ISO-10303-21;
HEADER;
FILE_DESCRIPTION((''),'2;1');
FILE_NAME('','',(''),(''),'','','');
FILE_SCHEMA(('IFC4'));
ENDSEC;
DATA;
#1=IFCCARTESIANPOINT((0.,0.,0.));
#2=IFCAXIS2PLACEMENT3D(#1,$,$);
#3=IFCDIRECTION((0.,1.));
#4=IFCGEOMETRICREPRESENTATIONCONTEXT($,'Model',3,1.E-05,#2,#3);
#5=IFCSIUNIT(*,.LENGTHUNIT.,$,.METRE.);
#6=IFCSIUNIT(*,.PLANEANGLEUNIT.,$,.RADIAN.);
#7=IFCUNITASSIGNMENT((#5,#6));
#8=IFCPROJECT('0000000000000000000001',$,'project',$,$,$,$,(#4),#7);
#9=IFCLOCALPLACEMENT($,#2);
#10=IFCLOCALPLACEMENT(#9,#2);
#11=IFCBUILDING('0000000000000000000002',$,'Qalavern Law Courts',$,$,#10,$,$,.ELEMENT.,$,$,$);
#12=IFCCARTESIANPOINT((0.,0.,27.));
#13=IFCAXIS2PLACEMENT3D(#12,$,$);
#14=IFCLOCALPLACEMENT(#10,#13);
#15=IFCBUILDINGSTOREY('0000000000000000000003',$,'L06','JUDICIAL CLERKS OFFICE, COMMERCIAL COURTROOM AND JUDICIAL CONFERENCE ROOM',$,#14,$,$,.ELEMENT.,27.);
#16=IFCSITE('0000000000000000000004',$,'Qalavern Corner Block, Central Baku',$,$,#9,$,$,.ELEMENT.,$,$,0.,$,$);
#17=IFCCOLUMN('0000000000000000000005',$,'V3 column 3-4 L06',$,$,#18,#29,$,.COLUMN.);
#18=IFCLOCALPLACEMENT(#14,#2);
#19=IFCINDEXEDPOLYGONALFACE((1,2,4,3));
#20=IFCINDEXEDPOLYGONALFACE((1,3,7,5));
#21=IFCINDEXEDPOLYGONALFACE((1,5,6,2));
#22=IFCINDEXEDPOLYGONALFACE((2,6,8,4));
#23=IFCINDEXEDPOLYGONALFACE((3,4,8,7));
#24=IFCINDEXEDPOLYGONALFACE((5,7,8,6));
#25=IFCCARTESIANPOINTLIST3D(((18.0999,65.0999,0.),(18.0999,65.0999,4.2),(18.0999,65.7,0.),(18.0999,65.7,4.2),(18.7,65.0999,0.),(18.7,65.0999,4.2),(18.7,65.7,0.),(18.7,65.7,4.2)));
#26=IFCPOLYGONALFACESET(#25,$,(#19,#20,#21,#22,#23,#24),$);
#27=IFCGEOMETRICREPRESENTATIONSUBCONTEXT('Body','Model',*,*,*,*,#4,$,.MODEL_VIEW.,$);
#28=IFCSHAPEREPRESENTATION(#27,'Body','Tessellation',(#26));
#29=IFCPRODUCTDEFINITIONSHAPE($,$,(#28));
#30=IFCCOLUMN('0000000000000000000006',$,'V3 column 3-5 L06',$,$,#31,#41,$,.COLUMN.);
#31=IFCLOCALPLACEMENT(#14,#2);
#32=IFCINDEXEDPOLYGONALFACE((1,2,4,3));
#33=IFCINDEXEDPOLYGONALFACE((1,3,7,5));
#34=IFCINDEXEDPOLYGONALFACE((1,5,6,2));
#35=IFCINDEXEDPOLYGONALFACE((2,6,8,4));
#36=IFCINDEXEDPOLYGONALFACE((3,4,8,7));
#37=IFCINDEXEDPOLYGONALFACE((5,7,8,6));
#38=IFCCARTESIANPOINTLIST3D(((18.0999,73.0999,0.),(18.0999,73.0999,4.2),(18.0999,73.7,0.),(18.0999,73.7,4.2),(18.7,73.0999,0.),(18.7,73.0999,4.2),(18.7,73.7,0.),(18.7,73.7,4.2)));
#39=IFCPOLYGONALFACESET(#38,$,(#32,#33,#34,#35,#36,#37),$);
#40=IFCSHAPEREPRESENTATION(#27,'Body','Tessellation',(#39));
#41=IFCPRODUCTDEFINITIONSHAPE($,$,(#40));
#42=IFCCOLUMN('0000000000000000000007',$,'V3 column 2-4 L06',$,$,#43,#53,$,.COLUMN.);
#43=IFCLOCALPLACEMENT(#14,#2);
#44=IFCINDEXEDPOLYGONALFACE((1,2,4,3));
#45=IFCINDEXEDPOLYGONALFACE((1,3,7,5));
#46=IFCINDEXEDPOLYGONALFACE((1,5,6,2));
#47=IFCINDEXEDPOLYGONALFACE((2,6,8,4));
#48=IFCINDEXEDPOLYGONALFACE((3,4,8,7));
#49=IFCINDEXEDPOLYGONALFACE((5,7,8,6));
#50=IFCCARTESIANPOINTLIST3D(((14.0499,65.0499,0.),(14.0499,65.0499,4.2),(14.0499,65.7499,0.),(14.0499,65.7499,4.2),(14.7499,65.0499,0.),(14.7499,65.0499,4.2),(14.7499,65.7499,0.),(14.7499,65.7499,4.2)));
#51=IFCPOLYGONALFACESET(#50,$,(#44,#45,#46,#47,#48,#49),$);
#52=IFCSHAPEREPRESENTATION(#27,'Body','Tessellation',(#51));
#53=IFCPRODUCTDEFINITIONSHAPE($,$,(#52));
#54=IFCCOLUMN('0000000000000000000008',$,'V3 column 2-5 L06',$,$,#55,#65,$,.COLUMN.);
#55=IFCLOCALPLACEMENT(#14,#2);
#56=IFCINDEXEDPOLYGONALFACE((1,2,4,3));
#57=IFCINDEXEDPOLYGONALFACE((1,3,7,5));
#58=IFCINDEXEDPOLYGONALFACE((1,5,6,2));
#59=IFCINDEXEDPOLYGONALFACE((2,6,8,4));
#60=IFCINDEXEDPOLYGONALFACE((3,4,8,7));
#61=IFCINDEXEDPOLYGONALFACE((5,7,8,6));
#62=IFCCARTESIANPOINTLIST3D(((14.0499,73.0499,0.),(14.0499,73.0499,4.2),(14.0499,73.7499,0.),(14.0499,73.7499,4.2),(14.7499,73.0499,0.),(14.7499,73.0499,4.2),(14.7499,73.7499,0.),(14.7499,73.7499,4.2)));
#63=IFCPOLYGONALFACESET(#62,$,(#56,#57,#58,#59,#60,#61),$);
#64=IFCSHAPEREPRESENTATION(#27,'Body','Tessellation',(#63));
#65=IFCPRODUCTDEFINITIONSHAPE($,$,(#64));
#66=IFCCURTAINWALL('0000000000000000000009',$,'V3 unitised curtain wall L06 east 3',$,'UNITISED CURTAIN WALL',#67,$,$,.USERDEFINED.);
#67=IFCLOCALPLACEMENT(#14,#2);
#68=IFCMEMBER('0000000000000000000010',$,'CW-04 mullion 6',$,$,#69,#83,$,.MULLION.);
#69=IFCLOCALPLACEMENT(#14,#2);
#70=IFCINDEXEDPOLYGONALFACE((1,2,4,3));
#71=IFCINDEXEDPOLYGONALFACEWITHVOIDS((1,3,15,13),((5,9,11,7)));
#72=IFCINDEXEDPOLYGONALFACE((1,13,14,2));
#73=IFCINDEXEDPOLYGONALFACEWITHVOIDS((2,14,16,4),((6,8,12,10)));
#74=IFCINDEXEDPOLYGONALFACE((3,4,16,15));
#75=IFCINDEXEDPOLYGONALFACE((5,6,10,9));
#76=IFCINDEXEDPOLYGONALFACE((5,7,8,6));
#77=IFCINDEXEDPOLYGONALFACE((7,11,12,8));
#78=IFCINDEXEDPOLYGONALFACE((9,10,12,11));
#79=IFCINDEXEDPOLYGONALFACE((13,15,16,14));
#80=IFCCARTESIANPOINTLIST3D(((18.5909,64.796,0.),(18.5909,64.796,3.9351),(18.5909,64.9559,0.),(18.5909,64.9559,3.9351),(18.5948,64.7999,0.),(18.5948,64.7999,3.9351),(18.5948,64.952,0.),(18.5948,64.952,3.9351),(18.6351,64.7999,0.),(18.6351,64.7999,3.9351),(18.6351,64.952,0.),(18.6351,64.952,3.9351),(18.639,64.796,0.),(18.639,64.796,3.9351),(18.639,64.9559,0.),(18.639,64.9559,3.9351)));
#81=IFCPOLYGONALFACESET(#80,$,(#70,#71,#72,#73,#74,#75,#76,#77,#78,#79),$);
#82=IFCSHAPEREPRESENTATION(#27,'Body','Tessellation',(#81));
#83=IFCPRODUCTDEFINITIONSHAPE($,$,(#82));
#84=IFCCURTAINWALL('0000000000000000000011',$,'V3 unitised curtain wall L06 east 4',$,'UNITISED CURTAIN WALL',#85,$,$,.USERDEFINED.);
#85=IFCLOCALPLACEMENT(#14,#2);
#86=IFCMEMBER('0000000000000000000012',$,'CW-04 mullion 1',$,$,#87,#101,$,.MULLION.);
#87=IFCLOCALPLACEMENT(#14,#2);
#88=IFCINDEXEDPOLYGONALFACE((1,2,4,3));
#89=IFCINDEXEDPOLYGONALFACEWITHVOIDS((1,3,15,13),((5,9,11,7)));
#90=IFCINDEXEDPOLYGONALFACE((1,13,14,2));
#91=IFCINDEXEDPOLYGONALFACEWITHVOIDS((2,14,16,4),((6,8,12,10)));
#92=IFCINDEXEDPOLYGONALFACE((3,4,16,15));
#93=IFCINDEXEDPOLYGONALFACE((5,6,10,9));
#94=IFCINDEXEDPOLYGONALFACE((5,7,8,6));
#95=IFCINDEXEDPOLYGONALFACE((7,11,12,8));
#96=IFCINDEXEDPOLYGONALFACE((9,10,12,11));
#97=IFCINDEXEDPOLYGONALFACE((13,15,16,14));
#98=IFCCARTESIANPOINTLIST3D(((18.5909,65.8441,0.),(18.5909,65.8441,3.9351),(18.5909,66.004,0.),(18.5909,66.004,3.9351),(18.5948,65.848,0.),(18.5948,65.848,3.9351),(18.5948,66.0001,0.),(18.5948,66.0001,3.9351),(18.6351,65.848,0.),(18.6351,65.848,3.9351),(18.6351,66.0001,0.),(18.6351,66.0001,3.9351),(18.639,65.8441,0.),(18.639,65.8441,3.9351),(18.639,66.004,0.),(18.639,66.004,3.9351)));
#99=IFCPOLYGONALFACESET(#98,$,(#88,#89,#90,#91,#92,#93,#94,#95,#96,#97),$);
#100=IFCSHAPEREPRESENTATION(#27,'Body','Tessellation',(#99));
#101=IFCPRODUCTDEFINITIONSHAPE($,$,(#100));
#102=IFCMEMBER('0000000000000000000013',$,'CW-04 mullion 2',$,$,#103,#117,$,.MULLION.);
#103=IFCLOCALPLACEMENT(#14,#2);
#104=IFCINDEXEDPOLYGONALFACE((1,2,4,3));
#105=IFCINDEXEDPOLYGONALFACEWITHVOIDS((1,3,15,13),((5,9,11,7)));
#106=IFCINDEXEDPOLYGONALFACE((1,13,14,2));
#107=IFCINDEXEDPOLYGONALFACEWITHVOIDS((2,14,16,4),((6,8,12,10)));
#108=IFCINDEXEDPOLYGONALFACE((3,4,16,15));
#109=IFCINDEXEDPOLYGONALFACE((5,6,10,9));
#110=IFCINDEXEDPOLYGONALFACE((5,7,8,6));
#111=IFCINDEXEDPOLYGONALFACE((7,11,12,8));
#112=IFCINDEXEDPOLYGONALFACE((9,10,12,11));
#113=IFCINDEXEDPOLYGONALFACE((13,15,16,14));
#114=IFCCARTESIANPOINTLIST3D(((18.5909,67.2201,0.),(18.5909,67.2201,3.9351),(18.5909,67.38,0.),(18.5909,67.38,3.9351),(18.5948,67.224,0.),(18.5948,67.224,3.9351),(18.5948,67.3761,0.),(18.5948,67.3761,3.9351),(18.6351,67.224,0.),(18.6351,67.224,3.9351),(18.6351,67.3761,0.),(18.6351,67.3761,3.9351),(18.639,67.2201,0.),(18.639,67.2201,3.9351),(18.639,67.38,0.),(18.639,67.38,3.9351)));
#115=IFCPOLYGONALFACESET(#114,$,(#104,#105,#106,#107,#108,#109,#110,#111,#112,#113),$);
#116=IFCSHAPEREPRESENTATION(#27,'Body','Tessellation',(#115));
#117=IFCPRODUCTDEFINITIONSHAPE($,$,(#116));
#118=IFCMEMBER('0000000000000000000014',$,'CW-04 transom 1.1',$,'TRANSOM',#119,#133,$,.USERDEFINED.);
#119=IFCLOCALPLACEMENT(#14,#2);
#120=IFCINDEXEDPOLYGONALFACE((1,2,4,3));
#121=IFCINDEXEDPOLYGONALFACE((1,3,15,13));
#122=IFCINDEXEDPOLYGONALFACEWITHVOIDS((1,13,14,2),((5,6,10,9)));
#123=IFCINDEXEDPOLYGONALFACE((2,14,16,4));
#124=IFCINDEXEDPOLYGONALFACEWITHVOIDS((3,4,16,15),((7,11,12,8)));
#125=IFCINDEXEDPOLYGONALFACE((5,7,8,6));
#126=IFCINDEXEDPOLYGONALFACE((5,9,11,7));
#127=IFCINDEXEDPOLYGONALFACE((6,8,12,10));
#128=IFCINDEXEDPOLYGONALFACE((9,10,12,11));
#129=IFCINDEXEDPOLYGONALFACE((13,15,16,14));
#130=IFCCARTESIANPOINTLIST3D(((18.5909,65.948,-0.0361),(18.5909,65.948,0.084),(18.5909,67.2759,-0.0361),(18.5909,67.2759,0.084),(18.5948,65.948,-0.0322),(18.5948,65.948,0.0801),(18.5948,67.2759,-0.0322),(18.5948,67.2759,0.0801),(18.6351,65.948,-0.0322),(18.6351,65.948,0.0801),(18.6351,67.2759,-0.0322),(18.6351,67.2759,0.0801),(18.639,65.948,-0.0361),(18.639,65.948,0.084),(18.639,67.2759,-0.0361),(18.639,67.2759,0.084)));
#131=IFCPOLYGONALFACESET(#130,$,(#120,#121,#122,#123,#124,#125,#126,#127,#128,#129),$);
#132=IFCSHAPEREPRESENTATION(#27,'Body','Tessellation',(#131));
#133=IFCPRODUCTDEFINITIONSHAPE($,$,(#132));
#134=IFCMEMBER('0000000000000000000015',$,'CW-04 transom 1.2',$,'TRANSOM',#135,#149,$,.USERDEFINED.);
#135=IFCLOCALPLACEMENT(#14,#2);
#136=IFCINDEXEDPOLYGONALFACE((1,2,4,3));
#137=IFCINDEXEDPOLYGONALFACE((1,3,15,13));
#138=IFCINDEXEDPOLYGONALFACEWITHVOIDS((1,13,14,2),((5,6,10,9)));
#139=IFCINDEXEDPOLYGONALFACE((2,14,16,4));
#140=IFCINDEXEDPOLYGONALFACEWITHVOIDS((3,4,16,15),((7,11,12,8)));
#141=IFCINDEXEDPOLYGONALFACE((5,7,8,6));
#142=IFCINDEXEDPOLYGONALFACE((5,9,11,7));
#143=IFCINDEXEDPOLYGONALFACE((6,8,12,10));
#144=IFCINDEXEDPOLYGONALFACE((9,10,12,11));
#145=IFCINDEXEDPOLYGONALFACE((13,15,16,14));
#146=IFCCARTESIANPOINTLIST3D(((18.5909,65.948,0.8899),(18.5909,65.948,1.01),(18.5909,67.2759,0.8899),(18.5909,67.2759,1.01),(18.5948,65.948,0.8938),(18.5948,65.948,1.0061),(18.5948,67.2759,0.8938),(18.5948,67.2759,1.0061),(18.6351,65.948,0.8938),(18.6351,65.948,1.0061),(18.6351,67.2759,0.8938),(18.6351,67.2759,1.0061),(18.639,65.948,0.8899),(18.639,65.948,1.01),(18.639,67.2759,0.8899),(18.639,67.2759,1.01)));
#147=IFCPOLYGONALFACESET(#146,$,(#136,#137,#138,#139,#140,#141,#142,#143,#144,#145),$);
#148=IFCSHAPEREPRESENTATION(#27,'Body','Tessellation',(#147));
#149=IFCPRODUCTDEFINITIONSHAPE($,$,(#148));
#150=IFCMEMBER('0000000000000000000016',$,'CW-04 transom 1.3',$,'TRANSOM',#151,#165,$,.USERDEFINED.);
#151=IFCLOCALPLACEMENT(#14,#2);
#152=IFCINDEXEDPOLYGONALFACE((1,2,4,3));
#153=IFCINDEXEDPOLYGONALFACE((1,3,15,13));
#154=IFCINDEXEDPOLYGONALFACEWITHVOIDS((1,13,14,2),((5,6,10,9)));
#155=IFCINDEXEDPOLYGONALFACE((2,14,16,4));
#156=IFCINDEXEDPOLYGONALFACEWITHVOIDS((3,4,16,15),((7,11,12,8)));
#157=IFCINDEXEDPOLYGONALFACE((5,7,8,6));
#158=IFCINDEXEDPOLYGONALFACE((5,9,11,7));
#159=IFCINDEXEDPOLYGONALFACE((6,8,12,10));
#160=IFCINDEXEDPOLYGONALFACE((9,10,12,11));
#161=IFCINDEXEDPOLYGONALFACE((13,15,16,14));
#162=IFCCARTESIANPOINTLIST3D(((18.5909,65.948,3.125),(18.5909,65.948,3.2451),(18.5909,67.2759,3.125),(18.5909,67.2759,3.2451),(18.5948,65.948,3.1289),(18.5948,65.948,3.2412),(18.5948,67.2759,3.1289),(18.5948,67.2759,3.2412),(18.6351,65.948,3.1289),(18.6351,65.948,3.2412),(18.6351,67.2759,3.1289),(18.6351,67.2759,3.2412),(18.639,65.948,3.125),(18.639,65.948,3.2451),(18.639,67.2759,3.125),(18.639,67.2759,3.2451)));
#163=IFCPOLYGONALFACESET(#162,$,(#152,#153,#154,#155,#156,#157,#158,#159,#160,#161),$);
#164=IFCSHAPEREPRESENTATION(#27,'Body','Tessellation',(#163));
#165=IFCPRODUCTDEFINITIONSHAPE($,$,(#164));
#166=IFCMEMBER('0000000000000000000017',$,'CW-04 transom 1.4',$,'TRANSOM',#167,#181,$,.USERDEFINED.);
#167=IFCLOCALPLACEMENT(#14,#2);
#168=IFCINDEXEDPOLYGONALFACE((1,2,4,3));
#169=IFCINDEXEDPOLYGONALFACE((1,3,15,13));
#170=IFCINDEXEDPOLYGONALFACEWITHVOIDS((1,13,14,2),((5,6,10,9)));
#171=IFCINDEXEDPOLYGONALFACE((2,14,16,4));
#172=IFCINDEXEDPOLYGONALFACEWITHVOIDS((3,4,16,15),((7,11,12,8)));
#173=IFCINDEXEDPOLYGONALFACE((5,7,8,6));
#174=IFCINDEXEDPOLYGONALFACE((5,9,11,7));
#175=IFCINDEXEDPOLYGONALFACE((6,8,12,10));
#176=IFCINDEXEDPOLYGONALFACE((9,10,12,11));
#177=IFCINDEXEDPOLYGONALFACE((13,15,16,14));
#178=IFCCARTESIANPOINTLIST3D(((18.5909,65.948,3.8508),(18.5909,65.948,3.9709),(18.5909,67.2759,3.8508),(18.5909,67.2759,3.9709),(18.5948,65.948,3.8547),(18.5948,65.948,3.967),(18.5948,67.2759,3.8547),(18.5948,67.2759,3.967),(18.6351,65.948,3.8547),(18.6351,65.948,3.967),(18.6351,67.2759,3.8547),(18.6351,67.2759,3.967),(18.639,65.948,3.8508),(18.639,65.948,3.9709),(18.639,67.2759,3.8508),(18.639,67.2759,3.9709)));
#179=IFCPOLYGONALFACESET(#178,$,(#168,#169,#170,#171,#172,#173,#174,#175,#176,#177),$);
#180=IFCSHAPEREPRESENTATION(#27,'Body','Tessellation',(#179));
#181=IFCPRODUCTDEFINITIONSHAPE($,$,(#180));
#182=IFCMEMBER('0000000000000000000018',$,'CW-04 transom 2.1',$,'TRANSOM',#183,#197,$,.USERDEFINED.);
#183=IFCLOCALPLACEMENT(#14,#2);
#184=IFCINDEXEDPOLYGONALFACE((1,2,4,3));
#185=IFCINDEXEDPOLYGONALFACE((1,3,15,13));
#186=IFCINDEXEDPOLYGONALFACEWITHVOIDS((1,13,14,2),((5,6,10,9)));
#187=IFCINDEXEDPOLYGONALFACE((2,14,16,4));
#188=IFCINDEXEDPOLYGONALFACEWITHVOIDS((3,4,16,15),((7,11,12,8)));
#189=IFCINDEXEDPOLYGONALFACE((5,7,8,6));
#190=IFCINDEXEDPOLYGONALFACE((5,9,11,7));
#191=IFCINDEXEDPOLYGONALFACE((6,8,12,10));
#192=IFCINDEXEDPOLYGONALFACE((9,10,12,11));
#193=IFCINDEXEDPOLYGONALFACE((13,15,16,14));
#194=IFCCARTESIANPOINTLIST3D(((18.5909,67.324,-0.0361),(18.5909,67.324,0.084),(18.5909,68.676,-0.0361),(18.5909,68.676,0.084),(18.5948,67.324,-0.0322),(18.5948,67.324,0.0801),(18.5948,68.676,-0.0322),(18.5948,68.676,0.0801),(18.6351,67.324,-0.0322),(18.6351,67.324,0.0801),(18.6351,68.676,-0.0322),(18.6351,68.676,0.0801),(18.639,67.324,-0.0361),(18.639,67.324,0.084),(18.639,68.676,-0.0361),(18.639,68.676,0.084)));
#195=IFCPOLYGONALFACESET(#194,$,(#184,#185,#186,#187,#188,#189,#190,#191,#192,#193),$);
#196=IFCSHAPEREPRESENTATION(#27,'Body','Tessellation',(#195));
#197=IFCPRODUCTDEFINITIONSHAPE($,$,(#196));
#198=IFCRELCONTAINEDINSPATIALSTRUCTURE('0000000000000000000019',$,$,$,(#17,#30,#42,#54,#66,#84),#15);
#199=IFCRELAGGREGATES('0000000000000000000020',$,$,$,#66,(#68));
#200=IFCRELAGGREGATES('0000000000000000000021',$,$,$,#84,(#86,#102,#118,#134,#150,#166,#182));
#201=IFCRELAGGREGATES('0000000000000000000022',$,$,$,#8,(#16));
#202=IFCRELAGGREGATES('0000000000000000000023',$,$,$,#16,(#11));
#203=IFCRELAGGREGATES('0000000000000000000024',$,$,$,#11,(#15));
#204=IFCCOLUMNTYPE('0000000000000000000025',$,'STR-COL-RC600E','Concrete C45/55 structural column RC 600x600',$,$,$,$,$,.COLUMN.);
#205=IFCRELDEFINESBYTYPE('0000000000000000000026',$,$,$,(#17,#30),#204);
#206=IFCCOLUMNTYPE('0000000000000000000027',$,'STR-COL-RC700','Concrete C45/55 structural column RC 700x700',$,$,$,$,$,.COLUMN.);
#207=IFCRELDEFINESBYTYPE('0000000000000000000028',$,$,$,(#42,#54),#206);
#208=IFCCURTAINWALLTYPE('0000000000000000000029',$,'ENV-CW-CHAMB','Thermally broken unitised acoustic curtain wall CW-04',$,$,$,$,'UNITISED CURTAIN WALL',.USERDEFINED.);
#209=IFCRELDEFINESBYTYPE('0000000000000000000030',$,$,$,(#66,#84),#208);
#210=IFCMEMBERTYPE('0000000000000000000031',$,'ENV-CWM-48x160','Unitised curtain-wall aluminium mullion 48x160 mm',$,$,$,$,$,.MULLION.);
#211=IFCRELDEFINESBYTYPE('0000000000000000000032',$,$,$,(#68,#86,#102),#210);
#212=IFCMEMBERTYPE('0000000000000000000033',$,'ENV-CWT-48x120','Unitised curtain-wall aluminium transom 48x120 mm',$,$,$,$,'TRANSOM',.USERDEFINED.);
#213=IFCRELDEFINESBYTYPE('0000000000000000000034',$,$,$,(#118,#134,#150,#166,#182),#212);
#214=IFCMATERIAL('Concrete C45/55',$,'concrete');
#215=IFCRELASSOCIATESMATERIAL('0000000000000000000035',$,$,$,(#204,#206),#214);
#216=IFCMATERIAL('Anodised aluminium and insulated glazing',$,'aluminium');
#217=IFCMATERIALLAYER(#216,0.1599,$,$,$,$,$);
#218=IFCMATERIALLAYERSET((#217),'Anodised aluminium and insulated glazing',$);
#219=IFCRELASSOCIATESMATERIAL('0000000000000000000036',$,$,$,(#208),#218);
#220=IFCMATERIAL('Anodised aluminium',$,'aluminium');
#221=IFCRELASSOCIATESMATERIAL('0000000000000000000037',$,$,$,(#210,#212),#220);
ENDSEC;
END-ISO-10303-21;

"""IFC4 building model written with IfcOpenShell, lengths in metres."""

from ifc_helpers import new_model, si_unit, direction, frame, origin, origin_2d, place, context, subcontext, project, spatial, rectangle, hollow_rectangle, extrude, material, layer, layer_set, material_profile, profile_set, type_object, element, aggregate, save


model = new_model("IFC4")

# Units and contexts
model_context = context("Model", 3, precision=1e-05, world=origin(), true_north=direction((0.0, 1.0)))
body_context = subcontext(model_context, "Body", "Model", "MODEL_VIEW")
ifc_project = project(units=[si_unit("LENGTHUNIT", "METRE"), si_unit("PLANEANGLEUNIT", "RADIAN")], contexts=[model_context])

# Site, building, storey
site_placement = place(None, origin())
site = spatial("IfcSite", under=ifc_project, at=site_placement, Name="Qalavern Corner Block, Central Baku", CompositionType="ELEMENT", RefElevation=0.0)
building_placement = place(site_placement, origin())
building = spatial("IfcBuilding", under=site, at=building_placement, Name="Qalavern Law Courts", CompositionType="ELEMENT")
storey_placement = place(building_placement, frame((0.0, 0.0, 27.0)))
storey = spatial("IfcBuildingStorey", under=building, at=storey_placement, Name="L06", Description="JUDICIAL CLERKS OFFICE, COMMERCIAL COURTROOM AND JUDICIAL CONFERENCE ROOM", CompositionType="ELEMENT", Elevation=27.0)

# Columns
ifc_material_1 = material(Name="Concrete C45/55", Category="concrete")
ifc_material_profile_1 = material_profile(ifc_material_1, rectangle(XDim=0.6001, YDim=0.6001, at=origin_2d()), Name="RC 600x600")
ifc_profile_set_1 = profile_set([ifc_material_profile_1], Name="Concrete C45/55")
column_type_1 = type_object("IfcColumnType", Name="STR-COL-RC600E", Description="Concrete C45/55 structural column RC 600x600", PredefinedType="COLUMN", material=ifc_profile_set_1)
for number, where, z_axis, x_axis, name in (
    (1, (18.3999, 65.3999, 0.0), (0.0, 0.0, 1.0), (1.0, 0.0, 0.0), "V3 column 3-4 L06"),
    (2, (18.3999, 73.3999, 0.0), (0.0, 0.0, 1.0), (1.0, 0.0, 0.0), "V3 column 3-5 L06"),
):
    element("IfcColumn", number, at=place(storey_placement, frame(where, z_axis=z_axis, x_axis=x_axis)), inside=storey, type_object=column_type_1, Name=name, PredefinedType="COLUMN", context=body_context, shape_type="SweptSolid", body=[
        extrude(rectangle(XDim=0.6001, YDim=0.6001, at=origin_2d()), origin(), (0.0, 0.0, 1.0), 4.2),
    ])
ifc_material_profile_2 = material_profile(ifc_material_1, rectangle(XDim=0.7, YDim=0.7, at=origin_2d()), Name="RC 700x700")
ifc_profile_set_2 = profile_set([ifc_material_profile_2], Name="Concrete C45/55")
column_type_2 = type_object("IfcColumnType", Name="STR-COL-RC700", Description="Concrete C45/55 structural column RC 700x700", PredefinedType="COLUMN", material=ifc_profile_set_2)
for number, where, z_axis, x_axis, name in (
    (3, (14.3999, 65.3999, 0.0), (0.0, 0.0, 1.0), (1.0, 0.0, 0.0), "V3 column 2-4 L06"),
    (4, (14.3999, 73.3999, 0.0), (0.0, 0.0, 1.0), (1.0, 0.0, 0.0), "V3 column 2-5 L06"),
):
    element("IfcColumn", number, at=place(storey_placement, frame(where, z_axis=z_axis, x_axis=x_axis)), inside=storey, type_object=column_type_2, Name=name, PredefinedType="COLUMN", context=body_context, shape_type="SweptSolid", body=[
        extrude(rectangle(XDim=0.7, YDim=0.7, at=origin_2d()), origin(), (0.0, 0.0, 1.0), 4.2),
    ])

# Curtain wall, member
ifc_material_2 = material(Name="Anodised aluminium and insulated glazing", Category="aluminium")
ifc_layer_1 = layer(ifc_material_2, 0.1599)
ifc_layer_set_1 = layer_set([ifc_layer_1], Name="Anodised aluminium and insulated glazing")
curtain_wall_type = type_object("IfcCurtainWallType", Name="ENV-CW-CHAMB", Description="Thermally broken unitised acoustic curtain wall CW-04", ElementType="UNITISED CURTAIN WALL", PredefinedType="USERDEFINED", material=ifc_layer_set_1)
curtain_wall_1_placement = place(storey_placement, origin())
curtain_wall_1 = element("IfcCurtainWall", 5, at=curtain_wall_1_placement, inside=storey, type_object=curtain_wall_type, Name="V3 unitised curtain wall L06 east 3", ObjectType="UNITISED CURTAIN WALL", PredefinedType="USERDEFINED")
ifc_material_3 = material(Name="Anodised aluminium", Category="aluminium")
ifc_material_profile_3 = material_profile(ifc_material_3, hollow_rectangle(XDim=0.0481, YDim=0.1599, WallThickness=0.0039, at=origin_2d()), Name="ALU MULLION 48x160")
ifc_profile_set_3 = profile_set([ifc_material_profile_3], Name="Anodised aluminium")
member_type_1 = type_object("IfcMemberType", Name="ENV-CWM-48x160", Description="Unitised curtain-wall aluminium mullion 48x160 mm", PredefinedType="MULLION", material=ifc_profile_set_3)
member_1_placement = place(storey_placement, frame((18.615, 64.876, 0.0), z_axis=(0.0, 0.0, 1.0), x_axis=(-1.0, 0.0, 0.0)))
member_1 = element("IfcMember", 6, at=member_1_placement, type_object=member_type_1, Name="CW-04 mullion 6", PredefinedType="MULLION", context=body_context, shape_type="SweptSolid", body=[
    extrude(hollow_rectangle(XDim=0.0481, YDim=0.1599, WallThickness=0.0039, at=origin_2d()), origin(), (0.0, 0.0, 1.0), 3.9351),
])

# Curtain wall, members
curtain_wall_2_placement = place(storey_placement, origin())
curtain_wall_2 = element("IfcCurtainWall", 7, at=curtain_wall_2_placement, inside=storey, type_object=curtain_wall_type, Name="V3 unitised curtain wall L06 east 4", ObjectType="UNITISED CURTAIN WALL", PredefinedType="USERDEFINED")
member_2_placement = place(storey_placement, frame((18.615, 65.9241, 0.0), z_axis=(0.0, 0.0, 1.0), x_axis=(-1.0, 0.0, 0.0)))
member_2 = element("IfcMember", 8, at=member_2_placement, type_object=member_type_1, Name="CW-04 mullion 1", PredefinedType="MULLION", context=body_context, shape_type="SweptSolid", body=[
    extrude(hollow_rectangle(XDim=0.0481, YDim=0.1599, WallThickness=0.0039, at=origin_2d()), origin(), (0.0, 0.0, 1.0), 3.9351),
])
member_3_placement = place(storey_placement, frame((18.615, 67.3, 0.0), z_axis=(0.0, 0.0, 1.0), x_axis=(-1.0, 0.0, 0.0)))
member_3 = element("IfcMember", 9, at=member_3_placement, type_object=member_type_1, Name="CW-04 mullion 2", PredefinedType="MULLION", context=body_context, shape_type="SweptSolid", body=[
    extrude(hollow_rectangle(XDim=0.0481, YDim=0.1599, WallThickness=0.0039, at=origin_2d()), origin(), (0.0, 0.0, 1.0), 3.9351),
])
ifc_material_profile_4 = material_profile(ifc_material_3, hollow_rectangle(XDim=0.0481, YDim=0.1201, WallThickness=0.0039, at=origin_2d()), Name="ALU TRANSOM 48x120")
ifc_profile_set_4 = profile_set([ifc_material_profile_4], Name="Anodised aluminium")
member_type_2 = type_object("IfcMemberType", Name="ENV-CWT-48x120", Description="Unitised curtain-wall aluminium transom 48x120 mm", ElementType="TRANSOM", PredefinedType="USERDEFINED", material=ifc_profile_set_4)
member_4_placement = place(storey_placement, frame((18.615, 65.948, 0.0239), z_axis=(0.0, 1.0, 0.0), x_axis=(-1.0, 0.0, 0.0)))
member_4 = element("IfcMember", 10, at=member_4_placement, type_object=member_type_2, Name="CW-04 transom 1.1", ObjectType="TRANSOM", PredefinedType="USERDEFINED", context=body_context, shape_type="SweptSolid", body=[
    extrude(hollow_rectangle(XDim=0.0481, YDim=0.1201, WallThickness=0.0039, at=origin_2d()), origin(), (0.0, 0.0, 1.0), 1.3279),
])
member_5_placement = place(storey_placement, frame((18.615, 65.948, 0.95), z_axis=(0.0, 1.0, 0.0), x_axis=(-1.0, 0.0, 0.0)))
member_5 = element("IfcMember", 11, at=member_5_placement, type_object=member_type_2, Name="CW-04 transom 1.2", ObjectType="TRANSOM", PredefinedType="USERDEFINED", context=body_context, shape_type="SweptSolid", body=[
    extrude(hollow_rectangle(XDim=0.0481, YDim=0.1201, WallThickness=0.0039, at=origin_2d()), origin(), (0.0, 0.0, 1.0), 1.3279),
])
member_6_placement = place(storey_placement, frame((18.615, 65.948, 3.1851), z_axis=(0.0, 1.0, 0.0), x_axis=(-1.0, 0.0, 0.0)))
member_6 = element("IfcMember", 12, at=member_6_placement, type_object=member_type_2, Name="CW-04 transom 1.3", ObjectType="TRANSOM", PredefinedType="USERDEFINED", context=body_context, shape_type="SweptSolid", body=[
    extrude(hollow_rectangle(XDim=0.0481, YDim=0.1201, WallThickness=0.0039, at=origin_2d()), origin(), (0.0, 0.0, 1.0), 1.3279),
])
member_7_placement = place(storey_placement, frame((18.615, 65.948, 3.9109), z_axis=(0.0, 1.0, 0.0), x_axis=(-1.0, 0.0, 0.0)))
member_7 = element("IfcMember", 13, at=member_7_placement, type_object=member_type_2, Name="CW-04 transom 1.4", ObjectType="TRANSOM", PredefinedType="USERDEFINED", context=body_context, shape_type="SweptSolid", body=[
    extrude(hollow_rectangle(XDim=0.0481, YDim=0.1201, WallThickness=0.0039, at=origin_2d()), origin(), (0.0, 0.0, 1.0), 1.3279),
])
member_8_placement = place(storey_placement, frame((18.615, 67.324, 0.0239), z_axis=(0.0, 1.0, 0.0), x_axis=(-1.0, 0.0, 0.0)))
member_8 = element("IfcMember", 14, at=member_8_placement, type_object=member_type_2, Name="CW-04 transom 2.1", ObjectType="TRANSOM", PredefinedType="USERDEFINED", context=body_context, shape_type="SweptSolid", body=[
    extrude(hollow_rectangle(XDim=0.0481, YDim=0.1201, WallThickness=0.0039, at=origin_2d()), origin(), (0.0, 0.0, 1.0), 1.3521),
])

aggregate(curtain_wall_1, [member_1])
aggregate(curtain_wall_2, [member_2, member_3, member_4, member_5, member_6, member_7, member_8])

save(model, "model.ifc")
